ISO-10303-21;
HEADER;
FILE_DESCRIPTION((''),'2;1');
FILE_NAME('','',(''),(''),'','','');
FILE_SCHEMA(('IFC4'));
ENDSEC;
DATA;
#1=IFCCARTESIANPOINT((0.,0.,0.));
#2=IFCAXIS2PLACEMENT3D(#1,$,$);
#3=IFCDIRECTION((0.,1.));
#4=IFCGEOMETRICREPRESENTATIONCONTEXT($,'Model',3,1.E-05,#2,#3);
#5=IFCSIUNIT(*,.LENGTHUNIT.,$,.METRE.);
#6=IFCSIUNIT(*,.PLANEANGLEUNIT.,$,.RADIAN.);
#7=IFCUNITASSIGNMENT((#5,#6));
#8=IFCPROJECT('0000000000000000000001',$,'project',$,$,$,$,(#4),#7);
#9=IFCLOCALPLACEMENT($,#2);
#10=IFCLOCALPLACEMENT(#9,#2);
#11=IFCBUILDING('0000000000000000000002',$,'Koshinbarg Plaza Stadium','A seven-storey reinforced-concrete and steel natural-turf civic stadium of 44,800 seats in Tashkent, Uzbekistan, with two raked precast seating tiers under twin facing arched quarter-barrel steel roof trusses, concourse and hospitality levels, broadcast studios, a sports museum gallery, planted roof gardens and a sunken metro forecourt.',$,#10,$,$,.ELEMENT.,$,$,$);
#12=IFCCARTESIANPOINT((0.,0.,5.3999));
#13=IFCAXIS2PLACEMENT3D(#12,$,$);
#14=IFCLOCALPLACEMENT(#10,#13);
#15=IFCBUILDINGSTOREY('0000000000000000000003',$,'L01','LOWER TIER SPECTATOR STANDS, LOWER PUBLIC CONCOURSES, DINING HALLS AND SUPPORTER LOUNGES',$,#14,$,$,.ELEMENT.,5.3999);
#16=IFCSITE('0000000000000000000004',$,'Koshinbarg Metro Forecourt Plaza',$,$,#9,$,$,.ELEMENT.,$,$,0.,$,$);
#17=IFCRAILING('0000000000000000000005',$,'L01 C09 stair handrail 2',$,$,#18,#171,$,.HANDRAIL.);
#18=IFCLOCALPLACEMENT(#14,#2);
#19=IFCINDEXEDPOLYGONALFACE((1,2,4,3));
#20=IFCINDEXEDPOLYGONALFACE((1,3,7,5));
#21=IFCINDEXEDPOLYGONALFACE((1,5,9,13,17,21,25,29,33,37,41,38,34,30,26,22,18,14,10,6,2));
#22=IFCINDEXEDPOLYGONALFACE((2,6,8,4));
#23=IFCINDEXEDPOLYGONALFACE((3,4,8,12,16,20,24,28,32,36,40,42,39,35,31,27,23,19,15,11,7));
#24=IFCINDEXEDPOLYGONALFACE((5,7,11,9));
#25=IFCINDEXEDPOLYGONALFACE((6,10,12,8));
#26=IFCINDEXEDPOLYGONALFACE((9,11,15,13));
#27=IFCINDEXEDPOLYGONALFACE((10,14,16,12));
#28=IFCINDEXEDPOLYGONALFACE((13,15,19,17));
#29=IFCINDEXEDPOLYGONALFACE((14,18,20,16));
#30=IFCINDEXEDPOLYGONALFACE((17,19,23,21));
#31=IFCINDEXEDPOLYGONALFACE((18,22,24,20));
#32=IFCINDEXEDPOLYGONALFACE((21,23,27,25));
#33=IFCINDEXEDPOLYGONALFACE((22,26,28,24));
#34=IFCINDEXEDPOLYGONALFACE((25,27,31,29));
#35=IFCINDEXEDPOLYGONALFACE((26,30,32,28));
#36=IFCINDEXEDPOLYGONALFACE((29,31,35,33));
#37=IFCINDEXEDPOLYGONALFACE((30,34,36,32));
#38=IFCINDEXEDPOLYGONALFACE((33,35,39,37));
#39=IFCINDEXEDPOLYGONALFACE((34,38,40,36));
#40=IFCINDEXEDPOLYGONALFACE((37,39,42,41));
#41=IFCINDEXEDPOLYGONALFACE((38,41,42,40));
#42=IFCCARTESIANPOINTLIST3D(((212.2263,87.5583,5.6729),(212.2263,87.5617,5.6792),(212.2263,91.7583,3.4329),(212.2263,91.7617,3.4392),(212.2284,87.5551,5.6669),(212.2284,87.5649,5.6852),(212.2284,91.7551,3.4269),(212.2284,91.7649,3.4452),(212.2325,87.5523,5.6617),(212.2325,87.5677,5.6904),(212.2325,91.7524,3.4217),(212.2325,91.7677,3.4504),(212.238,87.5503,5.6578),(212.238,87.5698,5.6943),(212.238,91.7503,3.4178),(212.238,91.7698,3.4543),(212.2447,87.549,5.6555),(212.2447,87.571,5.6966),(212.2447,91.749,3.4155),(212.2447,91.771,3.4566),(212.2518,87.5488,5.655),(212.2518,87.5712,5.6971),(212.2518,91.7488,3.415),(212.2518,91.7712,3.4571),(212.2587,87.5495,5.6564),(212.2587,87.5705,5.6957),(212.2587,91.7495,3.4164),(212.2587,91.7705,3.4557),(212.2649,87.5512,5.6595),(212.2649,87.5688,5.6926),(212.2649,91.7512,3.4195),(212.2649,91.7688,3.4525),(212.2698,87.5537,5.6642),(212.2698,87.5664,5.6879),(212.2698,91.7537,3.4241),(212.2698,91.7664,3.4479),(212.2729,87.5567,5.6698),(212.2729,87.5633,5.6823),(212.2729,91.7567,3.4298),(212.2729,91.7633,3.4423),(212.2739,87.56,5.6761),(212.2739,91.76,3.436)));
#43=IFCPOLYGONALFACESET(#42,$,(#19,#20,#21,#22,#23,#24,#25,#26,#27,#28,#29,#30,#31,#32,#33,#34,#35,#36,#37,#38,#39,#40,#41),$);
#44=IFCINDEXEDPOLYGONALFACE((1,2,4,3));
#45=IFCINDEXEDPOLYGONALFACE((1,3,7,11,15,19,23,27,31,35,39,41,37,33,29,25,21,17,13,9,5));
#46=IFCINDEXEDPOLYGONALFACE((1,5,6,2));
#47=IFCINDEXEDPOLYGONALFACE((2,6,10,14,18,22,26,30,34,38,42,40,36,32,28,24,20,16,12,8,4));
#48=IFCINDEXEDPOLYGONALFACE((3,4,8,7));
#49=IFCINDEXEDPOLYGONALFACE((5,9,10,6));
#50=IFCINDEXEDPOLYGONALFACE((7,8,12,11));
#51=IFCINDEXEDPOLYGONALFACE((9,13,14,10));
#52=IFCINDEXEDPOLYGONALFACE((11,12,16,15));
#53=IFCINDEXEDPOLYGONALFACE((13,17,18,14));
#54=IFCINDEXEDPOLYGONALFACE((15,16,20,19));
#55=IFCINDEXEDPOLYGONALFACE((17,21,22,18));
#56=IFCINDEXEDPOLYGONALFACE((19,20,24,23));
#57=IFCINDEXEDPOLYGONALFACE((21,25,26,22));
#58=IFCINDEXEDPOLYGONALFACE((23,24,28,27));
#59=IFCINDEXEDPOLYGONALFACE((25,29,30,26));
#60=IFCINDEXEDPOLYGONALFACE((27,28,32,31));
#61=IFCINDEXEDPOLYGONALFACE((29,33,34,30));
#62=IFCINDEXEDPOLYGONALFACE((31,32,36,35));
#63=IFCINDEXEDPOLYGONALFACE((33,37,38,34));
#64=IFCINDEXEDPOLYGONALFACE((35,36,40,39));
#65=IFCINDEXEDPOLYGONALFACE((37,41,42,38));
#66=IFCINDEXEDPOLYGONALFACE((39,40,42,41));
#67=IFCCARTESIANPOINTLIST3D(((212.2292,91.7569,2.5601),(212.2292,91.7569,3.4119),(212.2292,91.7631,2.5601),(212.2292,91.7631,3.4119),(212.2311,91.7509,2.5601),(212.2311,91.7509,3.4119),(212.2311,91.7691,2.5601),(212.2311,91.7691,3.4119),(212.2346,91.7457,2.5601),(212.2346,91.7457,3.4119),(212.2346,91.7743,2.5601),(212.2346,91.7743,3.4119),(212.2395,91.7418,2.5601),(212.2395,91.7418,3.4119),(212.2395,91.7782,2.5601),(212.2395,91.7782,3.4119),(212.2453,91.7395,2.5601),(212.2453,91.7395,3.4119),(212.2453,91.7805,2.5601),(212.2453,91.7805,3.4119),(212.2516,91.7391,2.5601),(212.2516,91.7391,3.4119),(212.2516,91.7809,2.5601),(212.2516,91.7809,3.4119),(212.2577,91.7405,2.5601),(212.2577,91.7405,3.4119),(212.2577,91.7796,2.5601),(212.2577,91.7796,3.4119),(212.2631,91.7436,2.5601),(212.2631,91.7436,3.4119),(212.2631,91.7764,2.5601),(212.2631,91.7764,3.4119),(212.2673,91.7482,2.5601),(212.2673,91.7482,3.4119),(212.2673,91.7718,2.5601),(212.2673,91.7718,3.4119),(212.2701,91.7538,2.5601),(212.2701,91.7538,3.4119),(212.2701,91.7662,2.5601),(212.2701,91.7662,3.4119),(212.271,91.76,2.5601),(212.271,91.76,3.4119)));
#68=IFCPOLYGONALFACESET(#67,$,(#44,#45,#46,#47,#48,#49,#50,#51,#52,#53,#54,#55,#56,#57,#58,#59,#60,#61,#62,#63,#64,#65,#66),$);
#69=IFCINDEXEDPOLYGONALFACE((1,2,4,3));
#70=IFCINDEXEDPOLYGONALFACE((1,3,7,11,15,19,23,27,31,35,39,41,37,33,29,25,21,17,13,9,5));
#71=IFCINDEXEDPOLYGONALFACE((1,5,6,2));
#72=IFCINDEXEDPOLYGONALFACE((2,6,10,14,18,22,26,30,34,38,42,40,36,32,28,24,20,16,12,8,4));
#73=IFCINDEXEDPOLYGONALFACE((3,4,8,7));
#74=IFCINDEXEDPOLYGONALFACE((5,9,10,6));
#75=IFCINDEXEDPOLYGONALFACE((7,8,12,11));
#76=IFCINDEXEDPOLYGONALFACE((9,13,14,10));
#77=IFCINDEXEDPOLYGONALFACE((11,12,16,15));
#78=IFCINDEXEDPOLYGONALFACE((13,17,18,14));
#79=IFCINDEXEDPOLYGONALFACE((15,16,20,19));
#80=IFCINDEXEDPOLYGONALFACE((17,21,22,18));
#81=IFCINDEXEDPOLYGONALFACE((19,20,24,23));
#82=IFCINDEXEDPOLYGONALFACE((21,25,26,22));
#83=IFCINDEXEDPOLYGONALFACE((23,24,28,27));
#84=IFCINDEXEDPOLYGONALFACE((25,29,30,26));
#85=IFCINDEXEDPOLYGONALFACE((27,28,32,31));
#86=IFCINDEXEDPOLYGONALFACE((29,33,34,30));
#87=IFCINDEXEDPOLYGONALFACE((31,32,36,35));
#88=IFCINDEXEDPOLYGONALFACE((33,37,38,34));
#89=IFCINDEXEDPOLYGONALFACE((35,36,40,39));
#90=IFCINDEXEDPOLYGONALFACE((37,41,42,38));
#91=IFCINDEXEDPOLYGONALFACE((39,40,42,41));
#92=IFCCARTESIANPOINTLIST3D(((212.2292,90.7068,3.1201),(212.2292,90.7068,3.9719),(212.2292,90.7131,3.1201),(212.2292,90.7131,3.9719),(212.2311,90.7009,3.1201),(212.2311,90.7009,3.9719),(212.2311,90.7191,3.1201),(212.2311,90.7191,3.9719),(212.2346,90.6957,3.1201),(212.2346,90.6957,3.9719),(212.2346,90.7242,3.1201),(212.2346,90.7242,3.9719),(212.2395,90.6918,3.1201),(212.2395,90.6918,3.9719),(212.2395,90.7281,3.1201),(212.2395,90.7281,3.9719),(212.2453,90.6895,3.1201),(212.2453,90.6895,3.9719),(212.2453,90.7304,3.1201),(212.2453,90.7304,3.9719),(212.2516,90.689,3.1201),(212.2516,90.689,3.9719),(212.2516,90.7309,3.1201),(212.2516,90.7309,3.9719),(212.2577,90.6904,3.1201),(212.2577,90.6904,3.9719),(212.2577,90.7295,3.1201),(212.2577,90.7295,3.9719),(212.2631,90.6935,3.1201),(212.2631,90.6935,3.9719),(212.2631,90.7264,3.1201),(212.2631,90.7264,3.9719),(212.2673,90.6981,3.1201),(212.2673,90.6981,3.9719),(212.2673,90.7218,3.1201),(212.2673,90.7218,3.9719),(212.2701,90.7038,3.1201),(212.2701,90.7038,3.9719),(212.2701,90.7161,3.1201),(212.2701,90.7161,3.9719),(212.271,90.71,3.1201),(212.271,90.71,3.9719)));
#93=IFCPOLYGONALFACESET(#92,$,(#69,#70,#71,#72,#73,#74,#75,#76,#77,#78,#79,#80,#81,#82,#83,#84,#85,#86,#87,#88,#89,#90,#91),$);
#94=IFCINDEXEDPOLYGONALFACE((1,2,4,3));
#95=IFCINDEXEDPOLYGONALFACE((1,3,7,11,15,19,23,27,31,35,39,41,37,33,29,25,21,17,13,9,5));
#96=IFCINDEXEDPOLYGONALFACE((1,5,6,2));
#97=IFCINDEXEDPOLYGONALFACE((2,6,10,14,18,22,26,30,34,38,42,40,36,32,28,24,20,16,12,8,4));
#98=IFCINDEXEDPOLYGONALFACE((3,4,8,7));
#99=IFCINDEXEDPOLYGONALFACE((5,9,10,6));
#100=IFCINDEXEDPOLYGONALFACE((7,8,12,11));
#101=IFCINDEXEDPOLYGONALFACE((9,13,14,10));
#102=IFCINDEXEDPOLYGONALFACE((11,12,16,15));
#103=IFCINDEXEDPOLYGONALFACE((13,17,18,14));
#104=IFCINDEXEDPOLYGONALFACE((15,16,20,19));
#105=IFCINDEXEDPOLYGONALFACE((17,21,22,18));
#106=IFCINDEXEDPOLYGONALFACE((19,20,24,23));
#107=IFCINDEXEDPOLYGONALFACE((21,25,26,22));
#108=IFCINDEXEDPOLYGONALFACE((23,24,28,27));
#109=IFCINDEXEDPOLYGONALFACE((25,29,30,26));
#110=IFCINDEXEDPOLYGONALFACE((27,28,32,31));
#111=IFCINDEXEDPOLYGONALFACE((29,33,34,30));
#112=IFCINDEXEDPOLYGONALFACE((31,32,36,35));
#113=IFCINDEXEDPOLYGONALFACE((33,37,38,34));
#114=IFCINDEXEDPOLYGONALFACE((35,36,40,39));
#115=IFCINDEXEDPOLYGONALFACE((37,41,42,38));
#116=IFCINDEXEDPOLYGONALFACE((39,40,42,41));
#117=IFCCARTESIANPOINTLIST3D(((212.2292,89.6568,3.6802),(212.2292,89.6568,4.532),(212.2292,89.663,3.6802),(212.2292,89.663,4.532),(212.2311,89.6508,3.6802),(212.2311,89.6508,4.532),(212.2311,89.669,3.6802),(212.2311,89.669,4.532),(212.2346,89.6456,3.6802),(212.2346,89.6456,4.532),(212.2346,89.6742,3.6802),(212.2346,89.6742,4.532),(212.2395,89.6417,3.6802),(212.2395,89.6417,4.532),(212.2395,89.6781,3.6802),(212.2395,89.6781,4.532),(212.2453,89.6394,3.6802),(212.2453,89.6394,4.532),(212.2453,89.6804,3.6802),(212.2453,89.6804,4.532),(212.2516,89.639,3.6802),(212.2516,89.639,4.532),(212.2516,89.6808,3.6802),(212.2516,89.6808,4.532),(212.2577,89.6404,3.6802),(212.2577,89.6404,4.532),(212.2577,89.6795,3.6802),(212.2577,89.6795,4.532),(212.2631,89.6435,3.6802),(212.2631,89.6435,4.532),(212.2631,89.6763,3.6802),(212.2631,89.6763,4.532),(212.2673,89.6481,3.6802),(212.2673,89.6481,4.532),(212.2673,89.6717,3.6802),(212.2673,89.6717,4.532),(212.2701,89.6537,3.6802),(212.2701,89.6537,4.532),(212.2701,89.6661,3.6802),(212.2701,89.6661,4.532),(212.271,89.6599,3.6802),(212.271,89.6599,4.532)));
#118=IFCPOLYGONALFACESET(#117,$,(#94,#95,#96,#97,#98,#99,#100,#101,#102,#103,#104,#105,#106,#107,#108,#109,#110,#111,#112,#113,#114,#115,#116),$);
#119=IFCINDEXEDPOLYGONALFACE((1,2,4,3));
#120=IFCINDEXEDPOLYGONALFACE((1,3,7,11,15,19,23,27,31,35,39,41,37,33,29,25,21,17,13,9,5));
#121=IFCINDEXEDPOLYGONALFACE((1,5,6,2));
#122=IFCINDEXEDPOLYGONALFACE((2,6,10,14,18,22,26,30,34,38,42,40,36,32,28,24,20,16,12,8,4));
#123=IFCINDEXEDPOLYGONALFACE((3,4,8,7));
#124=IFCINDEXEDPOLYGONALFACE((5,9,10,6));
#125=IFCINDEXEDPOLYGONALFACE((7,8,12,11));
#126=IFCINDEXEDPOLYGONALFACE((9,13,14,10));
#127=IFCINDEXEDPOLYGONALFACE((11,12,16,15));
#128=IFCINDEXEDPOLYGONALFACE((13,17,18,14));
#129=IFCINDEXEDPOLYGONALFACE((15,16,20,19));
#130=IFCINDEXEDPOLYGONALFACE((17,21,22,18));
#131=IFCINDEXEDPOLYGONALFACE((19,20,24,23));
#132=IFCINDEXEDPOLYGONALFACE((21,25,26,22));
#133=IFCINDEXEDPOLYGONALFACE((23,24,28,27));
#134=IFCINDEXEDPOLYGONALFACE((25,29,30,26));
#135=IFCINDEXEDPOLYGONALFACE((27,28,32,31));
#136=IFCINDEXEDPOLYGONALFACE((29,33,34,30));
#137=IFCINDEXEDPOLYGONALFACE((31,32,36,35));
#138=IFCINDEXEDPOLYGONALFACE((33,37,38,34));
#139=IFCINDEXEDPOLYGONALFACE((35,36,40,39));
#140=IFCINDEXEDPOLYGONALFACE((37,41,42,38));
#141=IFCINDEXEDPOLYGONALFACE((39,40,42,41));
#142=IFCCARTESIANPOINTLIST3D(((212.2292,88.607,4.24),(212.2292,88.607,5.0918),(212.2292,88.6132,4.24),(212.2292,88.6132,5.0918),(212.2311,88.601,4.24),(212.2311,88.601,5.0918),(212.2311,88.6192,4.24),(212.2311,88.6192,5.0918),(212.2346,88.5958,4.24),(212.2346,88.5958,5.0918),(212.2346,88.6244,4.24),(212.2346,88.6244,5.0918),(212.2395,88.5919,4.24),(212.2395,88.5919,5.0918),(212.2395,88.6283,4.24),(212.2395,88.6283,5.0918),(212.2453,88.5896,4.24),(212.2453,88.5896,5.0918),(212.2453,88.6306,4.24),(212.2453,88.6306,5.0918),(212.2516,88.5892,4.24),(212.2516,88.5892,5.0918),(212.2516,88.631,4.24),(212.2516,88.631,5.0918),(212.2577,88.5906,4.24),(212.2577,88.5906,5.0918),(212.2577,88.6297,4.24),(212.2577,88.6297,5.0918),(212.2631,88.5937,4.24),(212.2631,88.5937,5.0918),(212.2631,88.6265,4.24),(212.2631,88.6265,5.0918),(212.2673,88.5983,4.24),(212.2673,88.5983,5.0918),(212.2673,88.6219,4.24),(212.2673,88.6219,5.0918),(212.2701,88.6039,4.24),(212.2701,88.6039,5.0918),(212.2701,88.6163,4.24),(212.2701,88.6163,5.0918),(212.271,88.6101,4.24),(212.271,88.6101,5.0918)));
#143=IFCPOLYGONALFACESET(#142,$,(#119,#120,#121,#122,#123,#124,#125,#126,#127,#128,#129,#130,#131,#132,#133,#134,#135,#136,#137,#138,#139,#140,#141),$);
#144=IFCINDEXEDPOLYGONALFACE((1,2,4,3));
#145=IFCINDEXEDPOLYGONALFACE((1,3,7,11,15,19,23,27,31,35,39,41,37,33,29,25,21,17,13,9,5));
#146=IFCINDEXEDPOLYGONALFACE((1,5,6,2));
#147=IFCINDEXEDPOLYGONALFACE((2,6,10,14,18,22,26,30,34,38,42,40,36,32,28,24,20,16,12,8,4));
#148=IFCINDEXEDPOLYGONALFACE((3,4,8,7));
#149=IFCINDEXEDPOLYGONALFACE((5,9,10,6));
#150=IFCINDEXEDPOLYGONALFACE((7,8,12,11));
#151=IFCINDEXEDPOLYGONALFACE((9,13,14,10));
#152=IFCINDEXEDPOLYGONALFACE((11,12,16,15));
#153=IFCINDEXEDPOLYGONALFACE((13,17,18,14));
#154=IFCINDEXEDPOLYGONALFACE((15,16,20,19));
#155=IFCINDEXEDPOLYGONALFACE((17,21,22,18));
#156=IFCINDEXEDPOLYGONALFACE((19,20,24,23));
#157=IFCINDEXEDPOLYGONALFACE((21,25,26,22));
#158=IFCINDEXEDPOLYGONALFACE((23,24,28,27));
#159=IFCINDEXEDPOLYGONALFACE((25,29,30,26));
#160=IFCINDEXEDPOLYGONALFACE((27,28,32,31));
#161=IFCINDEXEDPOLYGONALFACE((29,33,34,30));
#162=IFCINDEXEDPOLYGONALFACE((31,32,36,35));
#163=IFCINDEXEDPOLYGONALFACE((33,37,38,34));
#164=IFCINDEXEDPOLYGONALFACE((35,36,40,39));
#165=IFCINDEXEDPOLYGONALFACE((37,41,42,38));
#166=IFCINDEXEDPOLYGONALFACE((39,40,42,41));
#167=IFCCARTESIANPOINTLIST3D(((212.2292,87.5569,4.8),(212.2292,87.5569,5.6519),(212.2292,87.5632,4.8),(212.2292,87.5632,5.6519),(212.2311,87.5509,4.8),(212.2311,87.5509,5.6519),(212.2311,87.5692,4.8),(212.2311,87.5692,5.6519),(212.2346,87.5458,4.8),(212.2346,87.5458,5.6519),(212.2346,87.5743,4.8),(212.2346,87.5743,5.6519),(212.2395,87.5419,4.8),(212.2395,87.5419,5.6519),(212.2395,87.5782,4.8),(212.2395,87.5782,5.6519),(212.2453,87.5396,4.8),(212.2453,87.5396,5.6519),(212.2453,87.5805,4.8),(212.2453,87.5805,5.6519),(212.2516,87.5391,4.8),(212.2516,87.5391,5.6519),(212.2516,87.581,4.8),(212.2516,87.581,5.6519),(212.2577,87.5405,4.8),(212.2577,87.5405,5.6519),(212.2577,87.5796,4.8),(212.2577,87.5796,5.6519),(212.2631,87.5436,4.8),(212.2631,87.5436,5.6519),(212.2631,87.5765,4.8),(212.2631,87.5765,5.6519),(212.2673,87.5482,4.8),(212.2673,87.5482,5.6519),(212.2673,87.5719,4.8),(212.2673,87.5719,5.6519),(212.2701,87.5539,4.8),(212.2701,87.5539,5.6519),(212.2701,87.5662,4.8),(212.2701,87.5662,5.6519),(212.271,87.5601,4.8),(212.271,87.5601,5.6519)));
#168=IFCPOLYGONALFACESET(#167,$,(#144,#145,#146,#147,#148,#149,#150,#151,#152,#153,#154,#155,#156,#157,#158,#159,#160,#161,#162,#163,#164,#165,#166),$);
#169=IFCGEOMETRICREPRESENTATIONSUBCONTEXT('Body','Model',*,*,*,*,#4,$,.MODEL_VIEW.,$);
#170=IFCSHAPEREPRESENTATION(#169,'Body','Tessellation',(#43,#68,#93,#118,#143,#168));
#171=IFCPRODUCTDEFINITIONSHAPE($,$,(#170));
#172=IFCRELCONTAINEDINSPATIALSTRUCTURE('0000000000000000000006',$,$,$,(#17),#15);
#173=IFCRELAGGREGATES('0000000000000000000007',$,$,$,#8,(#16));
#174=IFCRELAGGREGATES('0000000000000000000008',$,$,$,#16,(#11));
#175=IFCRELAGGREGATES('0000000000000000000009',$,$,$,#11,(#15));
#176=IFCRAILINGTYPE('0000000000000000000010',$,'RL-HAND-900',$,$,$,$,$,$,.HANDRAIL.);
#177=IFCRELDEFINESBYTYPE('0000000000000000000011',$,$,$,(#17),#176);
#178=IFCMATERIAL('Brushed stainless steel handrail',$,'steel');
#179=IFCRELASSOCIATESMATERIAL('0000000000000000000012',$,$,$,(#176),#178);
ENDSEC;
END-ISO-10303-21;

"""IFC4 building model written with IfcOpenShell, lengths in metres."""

from ifc_helpers import new_model, si_unit, direction, frame, origin, origin_2d, place, context, subcontext, project, spatial, circle, extrude, material, type_object, element, save


model = new_model("IFC4")

# Units and contexts
model_context = context("Model", 3, precision=1e-05, world=origin(), true_north=direction((0.0, 1.0)))
body_context = subcontext(model_context, "Body", "Model", "MODEL_VIEW")
ifc_project = project(units=[si_unit("LENGTHUNIT", "METRE"), si_unit("PLANEANGLEUNIT", "RADIAN")], contexts=[model_context])

# Site, building, storey
site_placement = place(None, origin())
site = spatial("IfcSite", under=ifc_project, at=site_placement, Name="Koshinbarg Metro Forecourt Plaza", CompositionType="ELEMENT", RefElevation=0.0)
building_placement = place(site_placement, origin())
building = spatial("IfcBuilding", under=site, at=building_placement, Name="Koshinbarg Plaza Stadium", Description="A seven-storey reinforced-concrete and steel natural-turf civic stadium of 44,800 seats in Tashkent, Uzbekistan, with two raked precast seating tiers under twin facing arched quarter-barrel steel roof trusses, concourse and hospitality levels, broadcast studios, a sports museum gallery, planted roof gardens and a sunken metro forecourt.", CompositionType="ELEMENT")
storey_placement = place(building_placement, frame((0.0, 0.0, 5.3999)))
storey = spatial("IfcBuildingStorey", under=building, at=storey_placement, Name="L01", Description="LOWER TIER SPECTATOR STANDS, LOWER PUBLIC CONCOURSES, DINING HALLS AND SUPPORTER LOUNGES", CompositionType="ELEMENT", Elevation=5.3999)

# Railing
ifc_material_1 = material(Name="Brushed stainless steel handrail", Category="steel")
railing_type_1 = type_object("IfcRailingType", Name="RL-HAND-900", PredefinedType="HANDRAIL", material=ifc_material_1)
railing_1_placement = place(storey_placement, frame((212.25, 91.76, 2.5601)))
element("IfcRailing", 1, at=railing_1_placement, inside=storey, type_object=railing_type_1, Name="L01 C09 stair handrail 2", PredefinedType="HANDRAIL", context=body_context, shape_type="SweptSolid", body=[
    extrude(circle(Radius=0.0239, at=origin_2d()), frame((0.0, 0.0, 0.876), z_axis=(0.0, -0.882352, 0.470591), x_axis=(1.0, 0.0, 0.0)), (0.0, 0.0, 1.0), 4.76),
    extrude(circle(Radius=0.021, at=origin_2d()), origin(), (0.0, 0.0, 1.0), 0.8518),
    extrude(circle(Radius=0.021, at=origin_2d()), frame((0.0, -1.05, 0.5601)), (0.0, 0.0, 1.0), 0.8518),
    extrude(circle(Radius=0.021, at=origin_2d()), frame((0.0, -2.1001, 1.1201)), (0.0, 0.0, 1.0), 0.8518),
    extrude(circle(Radius=0.021, at=origin_2d()), frame((0.0, -3.1499, 1.6799)), (0.0, 0.0, 1.0), 0.8518),
    extrude(circle(Radius=0.021, at=origin_2d()), frame((0.0, -4.2, 2.24)), (0.0, 0.0, 1.0), 0.8518),
])

save(model, "model.ifc")
